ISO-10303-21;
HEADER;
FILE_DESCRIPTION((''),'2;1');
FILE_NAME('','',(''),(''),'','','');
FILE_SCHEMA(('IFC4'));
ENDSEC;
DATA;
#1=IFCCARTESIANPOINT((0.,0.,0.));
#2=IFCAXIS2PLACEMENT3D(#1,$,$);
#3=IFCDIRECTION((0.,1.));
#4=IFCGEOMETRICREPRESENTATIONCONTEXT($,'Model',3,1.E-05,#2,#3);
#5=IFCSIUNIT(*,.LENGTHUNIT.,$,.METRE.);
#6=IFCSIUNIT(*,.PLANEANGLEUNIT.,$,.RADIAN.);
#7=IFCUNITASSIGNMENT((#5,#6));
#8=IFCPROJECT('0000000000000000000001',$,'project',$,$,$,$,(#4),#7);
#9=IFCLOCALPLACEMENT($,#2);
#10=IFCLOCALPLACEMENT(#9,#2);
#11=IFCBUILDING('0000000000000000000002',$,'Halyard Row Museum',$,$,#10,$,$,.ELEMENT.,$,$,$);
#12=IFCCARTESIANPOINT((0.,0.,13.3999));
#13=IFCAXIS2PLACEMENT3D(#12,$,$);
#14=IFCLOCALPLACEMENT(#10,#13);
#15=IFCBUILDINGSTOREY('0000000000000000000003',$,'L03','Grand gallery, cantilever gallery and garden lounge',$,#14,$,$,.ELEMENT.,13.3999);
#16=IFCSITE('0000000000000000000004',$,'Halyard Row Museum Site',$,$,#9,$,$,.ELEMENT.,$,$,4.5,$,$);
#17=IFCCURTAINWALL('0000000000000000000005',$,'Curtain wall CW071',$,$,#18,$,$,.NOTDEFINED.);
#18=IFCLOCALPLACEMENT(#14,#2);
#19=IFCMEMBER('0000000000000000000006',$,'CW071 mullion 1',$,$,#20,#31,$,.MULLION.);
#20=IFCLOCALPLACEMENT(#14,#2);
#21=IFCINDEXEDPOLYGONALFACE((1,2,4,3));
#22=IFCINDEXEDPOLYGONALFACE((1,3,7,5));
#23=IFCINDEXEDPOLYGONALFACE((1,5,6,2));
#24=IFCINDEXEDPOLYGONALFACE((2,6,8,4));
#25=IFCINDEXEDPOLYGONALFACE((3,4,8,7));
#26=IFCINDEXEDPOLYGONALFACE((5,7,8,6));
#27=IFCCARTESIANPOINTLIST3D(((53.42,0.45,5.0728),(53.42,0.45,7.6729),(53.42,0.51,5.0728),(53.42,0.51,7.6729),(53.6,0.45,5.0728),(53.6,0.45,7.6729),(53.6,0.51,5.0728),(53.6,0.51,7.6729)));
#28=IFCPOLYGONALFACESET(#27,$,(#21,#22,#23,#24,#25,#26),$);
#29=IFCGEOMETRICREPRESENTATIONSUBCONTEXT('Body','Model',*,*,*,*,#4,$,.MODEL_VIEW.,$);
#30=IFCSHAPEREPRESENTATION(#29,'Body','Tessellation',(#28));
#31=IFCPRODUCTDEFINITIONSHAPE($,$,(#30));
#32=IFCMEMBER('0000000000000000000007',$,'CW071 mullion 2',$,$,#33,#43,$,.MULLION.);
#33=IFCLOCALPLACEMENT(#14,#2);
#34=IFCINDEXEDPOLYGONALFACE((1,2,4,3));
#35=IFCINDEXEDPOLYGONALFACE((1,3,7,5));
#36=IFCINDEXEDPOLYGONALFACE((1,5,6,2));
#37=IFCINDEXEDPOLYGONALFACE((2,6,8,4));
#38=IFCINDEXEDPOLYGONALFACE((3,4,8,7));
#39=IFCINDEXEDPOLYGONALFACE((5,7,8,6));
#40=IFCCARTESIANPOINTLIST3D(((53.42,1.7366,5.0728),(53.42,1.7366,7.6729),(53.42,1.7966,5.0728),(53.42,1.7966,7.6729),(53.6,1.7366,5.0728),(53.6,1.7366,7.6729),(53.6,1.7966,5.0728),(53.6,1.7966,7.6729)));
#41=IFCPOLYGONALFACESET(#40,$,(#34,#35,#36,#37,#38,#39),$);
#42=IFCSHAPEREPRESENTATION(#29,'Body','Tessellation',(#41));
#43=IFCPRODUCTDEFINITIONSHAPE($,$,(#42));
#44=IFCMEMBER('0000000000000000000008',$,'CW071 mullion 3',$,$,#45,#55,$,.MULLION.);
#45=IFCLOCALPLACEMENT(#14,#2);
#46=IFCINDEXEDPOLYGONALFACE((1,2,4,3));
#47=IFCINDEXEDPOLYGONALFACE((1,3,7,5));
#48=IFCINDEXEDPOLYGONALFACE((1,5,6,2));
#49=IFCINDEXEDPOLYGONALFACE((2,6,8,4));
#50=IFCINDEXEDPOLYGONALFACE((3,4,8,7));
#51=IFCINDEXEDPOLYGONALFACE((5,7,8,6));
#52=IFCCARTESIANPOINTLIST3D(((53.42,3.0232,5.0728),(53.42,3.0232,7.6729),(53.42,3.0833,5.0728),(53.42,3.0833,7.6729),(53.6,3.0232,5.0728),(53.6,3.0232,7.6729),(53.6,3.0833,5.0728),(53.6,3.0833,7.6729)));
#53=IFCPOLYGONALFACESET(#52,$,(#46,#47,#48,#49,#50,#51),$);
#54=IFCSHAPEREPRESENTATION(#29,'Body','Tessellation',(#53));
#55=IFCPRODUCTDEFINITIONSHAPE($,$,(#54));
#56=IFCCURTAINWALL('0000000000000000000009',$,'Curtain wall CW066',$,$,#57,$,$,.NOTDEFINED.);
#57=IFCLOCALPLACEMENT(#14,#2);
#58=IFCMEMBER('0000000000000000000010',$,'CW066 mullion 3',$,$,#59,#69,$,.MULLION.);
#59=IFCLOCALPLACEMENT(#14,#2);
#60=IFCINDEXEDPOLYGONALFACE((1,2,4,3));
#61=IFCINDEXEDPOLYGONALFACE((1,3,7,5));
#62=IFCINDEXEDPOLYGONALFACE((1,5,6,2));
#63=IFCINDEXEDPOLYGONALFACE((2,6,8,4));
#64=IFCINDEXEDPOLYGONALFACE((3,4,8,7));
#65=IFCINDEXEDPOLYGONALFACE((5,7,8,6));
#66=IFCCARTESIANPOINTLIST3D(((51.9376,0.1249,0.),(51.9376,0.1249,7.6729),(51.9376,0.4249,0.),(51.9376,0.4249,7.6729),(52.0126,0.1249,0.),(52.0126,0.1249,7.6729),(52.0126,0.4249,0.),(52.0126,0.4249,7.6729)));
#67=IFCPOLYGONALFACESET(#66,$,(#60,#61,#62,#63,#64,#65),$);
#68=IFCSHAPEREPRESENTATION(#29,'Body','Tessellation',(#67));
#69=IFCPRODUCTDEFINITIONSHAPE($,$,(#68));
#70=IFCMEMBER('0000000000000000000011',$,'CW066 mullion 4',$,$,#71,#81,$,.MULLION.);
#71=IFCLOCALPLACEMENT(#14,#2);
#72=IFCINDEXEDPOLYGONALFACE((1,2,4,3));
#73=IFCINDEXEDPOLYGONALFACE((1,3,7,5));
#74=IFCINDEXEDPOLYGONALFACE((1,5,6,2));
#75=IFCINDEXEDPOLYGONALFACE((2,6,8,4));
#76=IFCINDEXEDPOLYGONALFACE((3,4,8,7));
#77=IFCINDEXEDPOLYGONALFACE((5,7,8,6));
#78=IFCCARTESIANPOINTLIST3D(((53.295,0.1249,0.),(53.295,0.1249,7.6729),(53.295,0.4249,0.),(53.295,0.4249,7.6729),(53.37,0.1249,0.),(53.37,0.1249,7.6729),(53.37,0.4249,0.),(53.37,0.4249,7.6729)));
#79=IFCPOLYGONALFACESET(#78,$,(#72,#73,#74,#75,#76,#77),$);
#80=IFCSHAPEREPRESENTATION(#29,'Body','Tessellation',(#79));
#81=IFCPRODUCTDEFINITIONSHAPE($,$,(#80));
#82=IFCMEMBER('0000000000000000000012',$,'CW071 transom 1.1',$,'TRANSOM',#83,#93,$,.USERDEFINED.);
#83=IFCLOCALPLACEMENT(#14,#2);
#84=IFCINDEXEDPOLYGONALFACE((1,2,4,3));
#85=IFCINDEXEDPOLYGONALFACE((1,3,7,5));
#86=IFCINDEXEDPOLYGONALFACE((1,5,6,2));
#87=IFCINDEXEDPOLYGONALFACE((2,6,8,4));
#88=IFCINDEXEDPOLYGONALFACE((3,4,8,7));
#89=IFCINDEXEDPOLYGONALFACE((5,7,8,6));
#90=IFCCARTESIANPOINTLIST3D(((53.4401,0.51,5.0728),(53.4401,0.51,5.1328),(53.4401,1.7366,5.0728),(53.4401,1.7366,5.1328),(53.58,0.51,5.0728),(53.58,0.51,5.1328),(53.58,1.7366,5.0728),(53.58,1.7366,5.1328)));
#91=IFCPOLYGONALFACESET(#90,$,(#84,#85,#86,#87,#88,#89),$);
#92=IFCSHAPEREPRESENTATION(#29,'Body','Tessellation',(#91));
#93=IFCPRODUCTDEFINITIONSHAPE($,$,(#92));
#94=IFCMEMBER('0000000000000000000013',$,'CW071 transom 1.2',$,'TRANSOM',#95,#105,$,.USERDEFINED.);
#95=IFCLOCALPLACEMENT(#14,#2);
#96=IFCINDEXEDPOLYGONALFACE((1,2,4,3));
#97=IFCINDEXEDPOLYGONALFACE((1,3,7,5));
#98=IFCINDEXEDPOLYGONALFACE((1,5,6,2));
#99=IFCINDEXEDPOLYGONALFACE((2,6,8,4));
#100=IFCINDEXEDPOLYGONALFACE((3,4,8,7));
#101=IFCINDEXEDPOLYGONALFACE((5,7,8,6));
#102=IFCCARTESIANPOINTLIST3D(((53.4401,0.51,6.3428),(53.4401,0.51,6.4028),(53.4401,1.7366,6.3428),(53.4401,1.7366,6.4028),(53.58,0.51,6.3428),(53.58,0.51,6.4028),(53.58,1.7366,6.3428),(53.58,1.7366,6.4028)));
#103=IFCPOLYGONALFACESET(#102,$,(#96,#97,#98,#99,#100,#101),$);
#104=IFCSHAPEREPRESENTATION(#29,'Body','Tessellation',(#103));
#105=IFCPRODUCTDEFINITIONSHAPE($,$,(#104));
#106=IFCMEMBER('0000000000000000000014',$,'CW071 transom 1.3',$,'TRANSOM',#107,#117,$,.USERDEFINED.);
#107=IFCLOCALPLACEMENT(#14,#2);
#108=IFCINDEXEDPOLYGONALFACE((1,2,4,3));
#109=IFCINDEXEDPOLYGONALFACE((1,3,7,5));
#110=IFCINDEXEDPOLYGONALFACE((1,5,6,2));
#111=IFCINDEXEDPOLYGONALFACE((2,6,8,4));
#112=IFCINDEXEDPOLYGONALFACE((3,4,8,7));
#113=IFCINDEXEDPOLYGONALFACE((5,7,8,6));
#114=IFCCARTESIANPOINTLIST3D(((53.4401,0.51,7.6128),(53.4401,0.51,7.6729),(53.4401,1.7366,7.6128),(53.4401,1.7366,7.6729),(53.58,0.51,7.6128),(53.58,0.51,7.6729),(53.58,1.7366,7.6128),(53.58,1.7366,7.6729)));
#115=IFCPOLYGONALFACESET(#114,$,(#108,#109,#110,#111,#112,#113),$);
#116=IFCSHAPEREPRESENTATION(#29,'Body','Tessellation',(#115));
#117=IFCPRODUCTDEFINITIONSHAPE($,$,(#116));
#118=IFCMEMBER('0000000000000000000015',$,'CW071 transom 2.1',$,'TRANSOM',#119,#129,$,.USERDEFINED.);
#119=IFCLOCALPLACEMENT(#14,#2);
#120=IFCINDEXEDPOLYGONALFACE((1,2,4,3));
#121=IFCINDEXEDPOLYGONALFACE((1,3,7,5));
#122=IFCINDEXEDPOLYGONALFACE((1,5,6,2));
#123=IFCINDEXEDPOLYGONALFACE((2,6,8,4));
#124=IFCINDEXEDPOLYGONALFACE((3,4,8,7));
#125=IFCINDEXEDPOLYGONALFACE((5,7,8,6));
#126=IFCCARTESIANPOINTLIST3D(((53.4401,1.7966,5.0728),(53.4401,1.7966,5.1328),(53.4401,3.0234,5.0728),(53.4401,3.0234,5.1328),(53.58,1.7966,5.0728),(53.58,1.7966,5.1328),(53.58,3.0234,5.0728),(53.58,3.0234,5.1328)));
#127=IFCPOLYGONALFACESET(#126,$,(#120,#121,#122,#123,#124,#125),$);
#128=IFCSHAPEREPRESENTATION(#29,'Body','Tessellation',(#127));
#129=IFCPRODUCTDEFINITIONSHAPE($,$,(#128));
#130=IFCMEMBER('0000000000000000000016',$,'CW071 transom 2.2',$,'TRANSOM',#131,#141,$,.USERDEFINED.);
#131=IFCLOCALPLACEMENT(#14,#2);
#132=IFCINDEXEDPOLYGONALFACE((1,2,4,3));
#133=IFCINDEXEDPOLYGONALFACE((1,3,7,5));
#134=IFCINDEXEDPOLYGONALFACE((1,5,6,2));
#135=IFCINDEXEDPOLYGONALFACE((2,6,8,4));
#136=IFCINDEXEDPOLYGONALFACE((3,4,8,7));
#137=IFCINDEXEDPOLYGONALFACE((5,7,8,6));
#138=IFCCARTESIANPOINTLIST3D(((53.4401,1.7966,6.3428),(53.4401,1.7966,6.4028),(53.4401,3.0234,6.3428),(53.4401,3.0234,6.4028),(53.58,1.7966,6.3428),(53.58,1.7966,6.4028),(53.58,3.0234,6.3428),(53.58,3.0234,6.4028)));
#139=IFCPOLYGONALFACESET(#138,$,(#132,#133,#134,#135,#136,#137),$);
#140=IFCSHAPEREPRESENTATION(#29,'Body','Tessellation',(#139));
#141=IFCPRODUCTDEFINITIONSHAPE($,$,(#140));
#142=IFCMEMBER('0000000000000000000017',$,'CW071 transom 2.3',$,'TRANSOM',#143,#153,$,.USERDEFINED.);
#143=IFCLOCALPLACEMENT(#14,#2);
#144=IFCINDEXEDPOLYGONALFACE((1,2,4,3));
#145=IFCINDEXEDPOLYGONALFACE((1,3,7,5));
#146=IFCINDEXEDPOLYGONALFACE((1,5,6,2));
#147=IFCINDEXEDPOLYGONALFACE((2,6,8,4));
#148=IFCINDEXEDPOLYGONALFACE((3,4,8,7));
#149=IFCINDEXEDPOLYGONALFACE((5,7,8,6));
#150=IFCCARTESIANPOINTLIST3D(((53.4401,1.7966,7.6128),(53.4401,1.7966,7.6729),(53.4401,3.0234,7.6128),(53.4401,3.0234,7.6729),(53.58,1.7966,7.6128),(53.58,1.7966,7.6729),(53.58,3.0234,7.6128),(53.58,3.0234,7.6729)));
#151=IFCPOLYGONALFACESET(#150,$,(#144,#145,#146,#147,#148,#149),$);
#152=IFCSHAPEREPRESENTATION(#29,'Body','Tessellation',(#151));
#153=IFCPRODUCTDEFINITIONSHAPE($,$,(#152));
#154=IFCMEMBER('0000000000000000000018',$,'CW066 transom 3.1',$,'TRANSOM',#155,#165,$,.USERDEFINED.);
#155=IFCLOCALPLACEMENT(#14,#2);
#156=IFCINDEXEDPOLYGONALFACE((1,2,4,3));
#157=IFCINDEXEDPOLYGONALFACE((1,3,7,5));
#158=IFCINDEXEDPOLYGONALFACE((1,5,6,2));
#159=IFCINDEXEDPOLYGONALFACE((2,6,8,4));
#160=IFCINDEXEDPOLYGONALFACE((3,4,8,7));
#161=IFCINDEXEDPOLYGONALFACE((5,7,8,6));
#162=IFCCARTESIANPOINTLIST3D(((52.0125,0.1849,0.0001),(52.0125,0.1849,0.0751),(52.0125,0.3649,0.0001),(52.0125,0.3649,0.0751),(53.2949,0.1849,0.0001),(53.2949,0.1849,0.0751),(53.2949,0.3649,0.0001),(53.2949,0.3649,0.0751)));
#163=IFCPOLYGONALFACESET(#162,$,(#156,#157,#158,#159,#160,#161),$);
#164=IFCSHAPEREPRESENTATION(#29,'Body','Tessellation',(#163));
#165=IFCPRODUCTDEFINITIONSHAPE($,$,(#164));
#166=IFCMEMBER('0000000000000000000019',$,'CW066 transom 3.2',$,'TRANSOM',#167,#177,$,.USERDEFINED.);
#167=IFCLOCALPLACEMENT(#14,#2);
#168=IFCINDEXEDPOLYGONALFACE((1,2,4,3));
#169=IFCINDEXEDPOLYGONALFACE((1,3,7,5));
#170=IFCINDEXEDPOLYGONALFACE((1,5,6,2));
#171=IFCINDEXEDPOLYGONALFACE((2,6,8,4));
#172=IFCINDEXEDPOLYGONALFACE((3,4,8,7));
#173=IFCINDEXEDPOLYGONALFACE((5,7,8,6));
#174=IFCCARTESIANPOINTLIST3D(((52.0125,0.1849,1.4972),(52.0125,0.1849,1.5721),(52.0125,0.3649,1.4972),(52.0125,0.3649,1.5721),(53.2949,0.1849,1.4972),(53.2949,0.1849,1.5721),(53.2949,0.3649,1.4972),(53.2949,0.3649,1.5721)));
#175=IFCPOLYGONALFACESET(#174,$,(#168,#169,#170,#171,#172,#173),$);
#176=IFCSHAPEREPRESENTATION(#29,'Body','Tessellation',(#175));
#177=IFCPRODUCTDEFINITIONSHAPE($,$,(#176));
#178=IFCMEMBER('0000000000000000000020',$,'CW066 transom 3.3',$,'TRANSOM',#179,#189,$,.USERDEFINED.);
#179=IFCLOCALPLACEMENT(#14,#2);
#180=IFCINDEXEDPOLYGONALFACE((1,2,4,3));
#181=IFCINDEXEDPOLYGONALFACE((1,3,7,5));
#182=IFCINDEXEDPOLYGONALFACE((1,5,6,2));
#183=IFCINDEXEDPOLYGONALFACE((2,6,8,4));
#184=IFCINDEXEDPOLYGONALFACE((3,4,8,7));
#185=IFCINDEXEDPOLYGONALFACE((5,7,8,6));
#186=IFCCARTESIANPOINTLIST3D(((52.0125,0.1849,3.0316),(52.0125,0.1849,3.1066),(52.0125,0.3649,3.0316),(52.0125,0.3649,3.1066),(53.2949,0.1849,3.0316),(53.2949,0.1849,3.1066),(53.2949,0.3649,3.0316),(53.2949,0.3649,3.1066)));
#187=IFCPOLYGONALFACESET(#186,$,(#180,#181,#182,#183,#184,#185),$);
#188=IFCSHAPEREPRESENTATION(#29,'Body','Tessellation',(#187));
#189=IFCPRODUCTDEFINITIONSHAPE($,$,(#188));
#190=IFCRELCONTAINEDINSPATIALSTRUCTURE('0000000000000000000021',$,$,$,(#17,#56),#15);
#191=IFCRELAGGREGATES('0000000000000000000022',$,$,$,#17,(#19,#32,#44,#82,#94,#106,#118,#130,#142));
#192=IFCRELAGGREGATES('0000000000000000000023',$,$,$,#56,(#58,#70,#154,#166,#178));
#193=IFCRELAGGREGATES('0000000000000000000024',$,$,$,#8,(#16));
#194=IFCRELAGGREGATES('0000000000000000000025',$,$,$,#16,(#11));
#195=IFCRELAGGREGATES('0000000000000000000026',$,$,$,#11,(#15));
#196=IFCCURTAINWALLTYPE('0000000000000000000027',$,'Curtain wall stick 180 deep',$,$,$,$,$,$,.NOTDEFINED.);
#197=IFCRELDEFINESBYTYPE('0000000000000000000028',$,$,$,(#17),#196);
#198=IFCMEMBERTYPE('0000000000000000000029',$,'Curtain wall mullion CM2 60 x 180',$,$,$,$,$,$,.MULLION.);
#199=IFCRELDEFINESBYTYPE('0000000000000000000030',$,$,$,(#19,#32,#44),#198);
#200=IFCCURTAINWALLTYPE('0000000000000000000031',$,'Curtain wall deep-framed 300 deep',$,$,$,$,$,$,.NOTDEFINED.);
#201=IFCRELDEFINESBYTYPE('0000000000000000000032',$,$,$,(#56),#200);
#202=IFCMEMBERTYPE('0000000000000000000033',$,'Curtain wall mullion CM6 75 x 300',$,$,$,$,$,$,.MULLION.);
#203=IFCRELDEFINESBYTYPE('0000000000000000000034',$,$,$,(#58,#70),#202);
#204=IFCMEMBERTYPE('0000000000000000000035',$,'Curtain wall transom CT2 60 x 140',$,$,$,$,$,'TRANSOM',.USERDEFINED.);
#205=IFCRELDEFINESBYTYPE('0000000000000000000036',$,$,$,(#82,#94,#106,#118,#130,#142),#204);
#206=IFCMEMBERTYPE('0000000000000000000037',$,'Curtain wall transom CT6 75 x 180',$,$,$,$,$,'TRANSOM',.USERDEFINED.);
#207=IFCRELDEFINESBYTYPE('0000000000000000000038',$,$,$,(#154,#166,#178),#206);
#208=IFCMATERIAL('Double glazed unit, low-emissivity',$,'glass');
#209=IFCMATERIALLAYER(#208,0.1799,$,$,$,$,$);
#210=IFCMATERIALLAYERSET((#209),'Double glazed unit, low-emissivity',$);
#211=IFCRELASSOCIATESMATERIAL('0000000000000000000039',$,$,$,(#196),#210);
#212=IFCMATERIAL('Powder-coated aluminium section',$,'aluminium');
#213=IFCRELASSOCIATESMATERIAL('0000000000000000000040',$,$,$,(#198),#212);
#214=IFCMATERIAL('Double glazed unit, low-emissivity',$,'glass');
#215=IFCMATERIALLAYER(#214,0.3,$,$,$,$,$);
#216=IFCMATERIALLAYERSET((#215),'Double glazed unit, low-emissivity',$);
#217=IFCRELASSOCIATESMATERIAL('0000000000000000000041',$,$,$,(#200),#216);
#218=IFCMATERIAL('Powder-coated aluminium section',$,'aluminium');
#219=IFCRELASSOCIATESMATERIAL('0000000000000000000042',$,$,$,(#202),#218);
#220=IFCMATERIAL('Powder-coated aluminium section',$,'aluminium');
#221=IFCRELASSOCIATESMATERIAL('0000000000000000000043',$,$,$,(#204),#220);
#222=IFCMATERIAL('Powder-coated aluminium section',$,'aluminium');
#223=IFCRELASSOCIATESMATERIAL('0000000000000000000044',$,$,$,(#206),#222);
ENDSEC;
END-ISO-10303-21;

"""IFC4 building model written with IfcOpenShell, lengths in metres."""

from ifc_helpers import new_model, si_unit, direction, frame, origin, origin_2d, place, context, subcontext, project, spatial, rectangle, extrude, material, layer, layer_set, material_profile, profile_set, type_object, element, aggregate, save


model = new_model("IFC4")

# Units and contexts
model_context = context("Model", 3, precision=1e-05, world=origin(), true_north=direction((0.0, 1.0)))
body_context = subcontext(model_context, "Body", "Model", "MODEL_VIEW")
ifc_project = project(units=[si_unit("LENGTHUNIT", "METRE"), si_unit("PLANEANGLEUNIT", "RADIAN")], contexts=[model_context])

# Site, building, storey
site_placement = place(None, origin())
site = spatial("IfcSite", under=ifc_project, at=site_placement, Name="Halyard Row Museum Site", CompositionType="ELEMENT", RefElevation=4.5)
building_placement = place(site_placement, origin())
building = spatial("IfcBuilding", under=site, at=building_placement, Name="Halyard Row Museum", CompositionType="ELEMENT")
storey_placement = place(building_placement, frame((0.0, 0.0, 13.3999)))
storey = spatial("IfcBuildingStorey", under=building, at=storey_placement, Name="L03", Description="Grand gallery, cantilever gallery and garden lounge", CompositionType="ELEMENT", Elevation=13.3999)

# Curtain walls, members
ifc_material_1 = material(Name="Double glazed unit, low-emissivity", Category="glass")
ifc_layer_1 = layer(ifc_material_1, 0.1799)
ifc_layer_set_1 = layer_set([ifc_layer_1], Name="Double glazed unit, low-emissivity")
curtain_wall_type_1 = type_object("IfcCurtainWallType", Name="Curtain wall stick 180 deep", PredefinedType="NOTDEFINED", material=ifc_layer_set_1)
curtain_wall_1_placement = place(storey_placement, origin())
curtain_wall_1 = element("IfcCurtainWall", 1, at=curtain_wall_1_placement, inside=storey, type_object=curtain_wall_type_1, Name="Curtain wall CW071", PredefinedType="NOTDEFINED")
ifc_material_2 = material(Name="Powder-coated aluminium section", Category="aluminium")
ifc_material_profile_1 = material_profile(ifc_material_2, rectangle(XDim=0.1799, YDim=0.0601, at=origin_2d()), Name="180x60 mullion")
ifc_profile_set_1 = profile_set([ifc_material_profile_1], Name="Powder-coated aluminium section")
member_type_1 = type_object("IfcMemberType", Name="Curtain wall mullion CM2 60 x 180", PredefinedType="MULLION", material=ifc_profile_set_1)
member_1_placement = place(storey_placement, frame((53.51, 0.48, 5.0728), z_axis=(0.0, 0.0, 1.0), x_axis=(-1.0, 0.0, 0.0)))
member_1 = element("IfcMember", 2, at=member_1_placement, type_object=member_type_1, Name="CW071 mullion 1", PredefinedType="MULLION", context=body_context, shape_type="SweptSolid", body=[
    extrude(rectangle(XDim=0.1799, YDim=0.0601, at=origin_2d()), origin(), (0.0, 0.0, 1.0), 2.6001),
])
member_2_placement = place(storey_placement, frame((53.51, 1.7666, 5.0728), z_axis=(0.0, 0.0, 1.0), x_axis=(-1.0, 0.0, 0.0)))
member_2 = element("IfcMember", 3, at=member_2_placement, type_object=member_type_1, Name="CW071 mullion 2", PredefinedType="MULLION", context=body_context, shape_type="SweptSolid", body=[
    extrude(rectangle(XDim=0.1799, YDim=0.0601, at=origin_2d()), origin(), (0.0, 0.0, 1.0), 2.6001),
])
member_3_placement = place(storey_placement, frame((53.51, 3.0532, 5.0728), z_axis=(0.0, 0.0, 1.0), x_axis=(-1.0, 0.0, 0.0)))
member_3 = element("IfcMember", 4, at=member_3_placement, type_object=member_type_1, Name="CW071 mullion 3", PredefinedType="MULLION", context=body_context, shape_type="SweptSolid", body=[
    extrude(rectangle(XDim=0.1799, YDim=0.0601, at=origin_2d()), origin(), (0.0, 0.0, 1.0), 2.6001),
])
ifc_material_3 = material(Name="Double glazed unit, low-emissivity", Category="glass")
ifc_layer_2 = layer(ifc_material_3, 0.3)
ifc_layer_set_2 = layer_set([ifc_layer_2], Name="Double glazed unit, low-emissivity")
curtain_wall_type_2 = type_object("IfcCurtainWallType", Name="Curtain wall deep-framed 300 deep", PredefinedType="NOTDEFINED", material=ifc_layer_set_2)
curtain_wall_2_placement = place(storey_placement, origin())
curtain_wall_2 = element("IfcCurtainWall", 5, at=curtain_wall_2_placement, inside=storey, type_object=curtain_wall_type_2, Name="Curtain wall CW066", PredefinedType="NOTDEFINED")
ifc_material_4 = material(Name="Powder-coated aluminium section", Category="aluminium")
ifc_material_profile_2 = material_profile(ifc_material_4, rectangle(XDim=0.3, YDim=0.075, at=origin_2d()), Name="300x75 mullion")
ifc_profile_set_2 = profile_set([ifc_material_profile_2], Name="Powder-coated aluminium section")
member_type_2 = type_object("IfcMemberType", Name="Curtain wall mullion CM6 75 x 300", PredefinedType="MULLION", material=ifc_profile_set_2)
member_4_placement = place(storey_placement, frame((51.9751, 0.2749, 0.0), z_axis=(0.0, 0.0, 1.0), x_axis=(0.0, 1.0, 0.0)))
member_4 = element("IfcMember", 6, at=member_4_placement, type_object=member_type_2, Name="CW066 mullion 3", PredefinedType="MULLION", context=body_context, shape_type="SweptSolid", body=[
    extrude(rectangle(XDim=0.3, YDim=0.075, at=origin_2d()), origin(), (0.0, 0.0, 1.0), 7.6729),
])
member_5_placement = place(storey_placement, frame((53.3325, 0.2749, 0.0), z_axis=(0.0, 0.0, 1.0), x_axis=(0.0, 1.0, 0.0)))
member_5 = element("IfcMember", 7, at=member_5_placement, type_object=member_type_2, Name="CW066 mullion 4", PredefinedType="MULLION", context=body_context, shape_type="SweptSolid", body=[
    extrude(rectangle(XDim=0.3, YDim=0.075, at=origin_2d()), origin(), (0.0, 0.0, 1.0), 7.6729),
])

# Members
ifc_material_5 = material(Name="Powder-coated aluminium section", Category="aluminium")
ifc_material_profile_3 = material_profile(ifc_material_5, rectangle(XDim=0.1399, YDim=0.0601, at=origin_2d()), Name="140x60 transom")
ifc_profile_set_3 = profile_set([ifc_material_profile_3], Name="Powder-coated aluminium section")
member_type_3 = type_object("IfcMemberType", Name="Curtain wall transom CT2 60 x 140", ElementType="TRANSOM", PredefinedType="USERDEFINED", material=ifc_profile_set_3)
member_6_placement = place(storey_placement, frame((53.51, 0.51, 5.1028), z_axis=(0.0, 1.0, 0.0), x_axis=(-1.0, 0.0, 0.0)))
member_6 = element("IfcMember", 8, at=member_6_placement, type_object=member_type_3, Name="CW071 transom 1.1", ObjectType="TRANSOM", PredefinedType="USERDEFINED", context=body_context, shape_type="SweptSolid", body=[
    extrude(rectangle(XDim=0.1399, YDim=0.0601, at=origin_2d()), origin(), (0.0, 0.0, 1.0), 1.2266),
])
member_7_placement = place(storey_placement, frame((53.51, 0.51, 6.3728), z_axis=(0.0, 1.0, 0.0), x_axis=(-1.0, 0.0, 0.0)))
member_7 = element("IfcMember", 9, at=member_7_placement, type_object=member_type_3, Name="CW071 transom 1.2", ObjectType="TRANSOM", PredefinedType="USERDEFINED", context=body_context, shape_type="SweptSolid", body=[
    extrude(rectangle(XDim=0.1399, YDim=0.0601, at=origin_2d()), origin(), (0.0, 0.0, 1.0), 1.2266),
])
member_8_placement = place(storey_placement, frame((53.51, 0.51, 7.6428), z_axis=(0.0, 1.0, 0.0), x_axis=(-1.0, 0.0, 0.0)))
member_8 = element("IfcMember", 10, at=member_8_placement, type_object=member_type_3, Name="CW071 transom 1.3", ObjectType="TRANSOM", PredefinedType="USERDEFINED", context=body_context, shape_type="SweptSolid", body=[
    extrude(rectangle(XDim=0.1399, YDim=0.0601, at=origin_2d()), origin(), (0.0, 0.0, 1.0), 1.2266),
])
member_9_placement = place(storey_placement, frame((53.51, 1.7966, 5.1028), z_axis=(0.0, 1.0, 0.0), x_axis=(-1.0, 0.0, 0.0)))
member_9 = element("IfcMember", 11, at=member_9_placement, type_object=member_type_3, Name="CW071 transom 2.1", ObjectType="TRANSOM", PredefinedType="USERDEFINED", context=body_context, shape_type="SweptSolid", body=[
    extrude(rectangle(XDim=0.1399, YDim=0.0601, at=origin_2d()), origin(), (0.0, 0.0, 1.0), 1.2268),
])
member_10_placement = place(storey_placement, frame((53.51, 1.7966, 6.3728), z_axis=(0.0, 1.0, 0.0), x_axis=(-1.0, 0.0, 0.0)))
member_10 = element("IfcMember", 12, at=member_10_placement, type_object=member_type_3, Name="CW071 transom 2.2", ObjectType="TRANSOM", PredefinedType="USERDEFINED", context=body_context, shape_type="SweptSolid", body=[
    extrude(rectangle(XDim=0.1399, YDim=0.0601, at=origin_2d()), origin(), (0.0, 0.0, 1.0), 1.2268),
])
member_11_placement = place(storey_placement, frame((53.51, 1.7966, 7.6428), z_axis=(0.0, 1.0, 0.0), x_axis=(-1.0, 0.0, 0.0)))
member_11 = element("IfcMember", 13, at=member_11_placement, type_object=member_type_3, Name="CW071 transom 2.3", ObjectType="TRANSOM", PredefinedType="USERDEFINED", context=body_context, shape_type="SweptSolid", body=[
    extrude(rectangle(XDim=0.1399, YDim=0.0601, at=origin_2d()), origin(), (0.0, 0.0, 1.0), 1.2268),
])
ifc_material_6 = material(Name="Powder-coated aluminium section", Category="aluminium")
ifc_material_profile_4 = material_profile(ifc_material_6, rectangle(XDim=0.1799, YDim=0.075, at=origin_2d()), Name="180x75 transom")
ifc_profile_set_4 = profile_set([ifc_material_profile_4], Name="Powder-coated aluminium section")
member_type_4 = type_object("IfcMemberType", Name="Curtain wall transom CT6 75 x 180", ElementType="TRANSOM", PredefinedType="USERDEFINED", material=ifc_profile_set_4)
member_12_placement = place(storey_placement, frame((52.0125, 0.2749, 0.0376), z_axis=(1.0, 0.0, 0.0), x_axis=(0.0, 1.0, 0.0)))
member_12 = element("IfcMember", 14, at=member_12_placement, type_object=member_type_4, Name="CW066 transom 3.1", ObjectType="TRANSOM", PredefinedType="USERDEFINED", context=body_context, shape_type="SweptSolid", body=[
    extrude(rectangle(XDim=0.1799, YDim=0.075, at=origin_2d()), origin(), (0.0, 0.0, 1.0), 1.2825),
])
member_13_placement = place(storey_placement, frame((52.0125, 0.2749, 1.5347), z_axis=(1.0, 0.0, 0.0), x_axis=(0.0, 1.0, 0.0)))
member_13 = element("IfcMember", 15, at=member_13_placement, type_object=member_type_4, Name="CW066 transom 3.2", ObjectType="TRANSOM", PredefinedType="USERDEFINED", context=body_context, shape_type="SweptSolid", body=[
    extrude(rectangle(XDim=0.1799, YDim=0.075, at=origin_2d()), origin(), (0.0, 0.0, 1.0), 1.2825),
])
member_14_placement = place(storey_placement, frame((52.0125, 0.2749, 3.0691), z_axis=(1.0, 0.0, 0.0), x_axis=(0.0, 1.0, 0.0)))
member_14 = element("IfcMember", 16, at=member_14_placement, type_object=member_type_4, Name="CW066 transom 3.3", ObjectType="TRANSOM", PredefinedType="USERDEFINED", context=body_context, shape_type="SweptSolid", body=[
    extrude(rectangle(XDim=0.1799, YDim=0.075, at=origin_2d()), origin(), (0.0, 0.0, 1.0), 1.2825),
])

aggregate(curtain_wall_1, [member_1, member_2, member_3, member_6, member_7, member_8, member_9, member_10, member_11])
aggregate(curtain_wall_2, [member_4, member_5, member_12, member_13, member_14])

save(model, "model.ifc")
